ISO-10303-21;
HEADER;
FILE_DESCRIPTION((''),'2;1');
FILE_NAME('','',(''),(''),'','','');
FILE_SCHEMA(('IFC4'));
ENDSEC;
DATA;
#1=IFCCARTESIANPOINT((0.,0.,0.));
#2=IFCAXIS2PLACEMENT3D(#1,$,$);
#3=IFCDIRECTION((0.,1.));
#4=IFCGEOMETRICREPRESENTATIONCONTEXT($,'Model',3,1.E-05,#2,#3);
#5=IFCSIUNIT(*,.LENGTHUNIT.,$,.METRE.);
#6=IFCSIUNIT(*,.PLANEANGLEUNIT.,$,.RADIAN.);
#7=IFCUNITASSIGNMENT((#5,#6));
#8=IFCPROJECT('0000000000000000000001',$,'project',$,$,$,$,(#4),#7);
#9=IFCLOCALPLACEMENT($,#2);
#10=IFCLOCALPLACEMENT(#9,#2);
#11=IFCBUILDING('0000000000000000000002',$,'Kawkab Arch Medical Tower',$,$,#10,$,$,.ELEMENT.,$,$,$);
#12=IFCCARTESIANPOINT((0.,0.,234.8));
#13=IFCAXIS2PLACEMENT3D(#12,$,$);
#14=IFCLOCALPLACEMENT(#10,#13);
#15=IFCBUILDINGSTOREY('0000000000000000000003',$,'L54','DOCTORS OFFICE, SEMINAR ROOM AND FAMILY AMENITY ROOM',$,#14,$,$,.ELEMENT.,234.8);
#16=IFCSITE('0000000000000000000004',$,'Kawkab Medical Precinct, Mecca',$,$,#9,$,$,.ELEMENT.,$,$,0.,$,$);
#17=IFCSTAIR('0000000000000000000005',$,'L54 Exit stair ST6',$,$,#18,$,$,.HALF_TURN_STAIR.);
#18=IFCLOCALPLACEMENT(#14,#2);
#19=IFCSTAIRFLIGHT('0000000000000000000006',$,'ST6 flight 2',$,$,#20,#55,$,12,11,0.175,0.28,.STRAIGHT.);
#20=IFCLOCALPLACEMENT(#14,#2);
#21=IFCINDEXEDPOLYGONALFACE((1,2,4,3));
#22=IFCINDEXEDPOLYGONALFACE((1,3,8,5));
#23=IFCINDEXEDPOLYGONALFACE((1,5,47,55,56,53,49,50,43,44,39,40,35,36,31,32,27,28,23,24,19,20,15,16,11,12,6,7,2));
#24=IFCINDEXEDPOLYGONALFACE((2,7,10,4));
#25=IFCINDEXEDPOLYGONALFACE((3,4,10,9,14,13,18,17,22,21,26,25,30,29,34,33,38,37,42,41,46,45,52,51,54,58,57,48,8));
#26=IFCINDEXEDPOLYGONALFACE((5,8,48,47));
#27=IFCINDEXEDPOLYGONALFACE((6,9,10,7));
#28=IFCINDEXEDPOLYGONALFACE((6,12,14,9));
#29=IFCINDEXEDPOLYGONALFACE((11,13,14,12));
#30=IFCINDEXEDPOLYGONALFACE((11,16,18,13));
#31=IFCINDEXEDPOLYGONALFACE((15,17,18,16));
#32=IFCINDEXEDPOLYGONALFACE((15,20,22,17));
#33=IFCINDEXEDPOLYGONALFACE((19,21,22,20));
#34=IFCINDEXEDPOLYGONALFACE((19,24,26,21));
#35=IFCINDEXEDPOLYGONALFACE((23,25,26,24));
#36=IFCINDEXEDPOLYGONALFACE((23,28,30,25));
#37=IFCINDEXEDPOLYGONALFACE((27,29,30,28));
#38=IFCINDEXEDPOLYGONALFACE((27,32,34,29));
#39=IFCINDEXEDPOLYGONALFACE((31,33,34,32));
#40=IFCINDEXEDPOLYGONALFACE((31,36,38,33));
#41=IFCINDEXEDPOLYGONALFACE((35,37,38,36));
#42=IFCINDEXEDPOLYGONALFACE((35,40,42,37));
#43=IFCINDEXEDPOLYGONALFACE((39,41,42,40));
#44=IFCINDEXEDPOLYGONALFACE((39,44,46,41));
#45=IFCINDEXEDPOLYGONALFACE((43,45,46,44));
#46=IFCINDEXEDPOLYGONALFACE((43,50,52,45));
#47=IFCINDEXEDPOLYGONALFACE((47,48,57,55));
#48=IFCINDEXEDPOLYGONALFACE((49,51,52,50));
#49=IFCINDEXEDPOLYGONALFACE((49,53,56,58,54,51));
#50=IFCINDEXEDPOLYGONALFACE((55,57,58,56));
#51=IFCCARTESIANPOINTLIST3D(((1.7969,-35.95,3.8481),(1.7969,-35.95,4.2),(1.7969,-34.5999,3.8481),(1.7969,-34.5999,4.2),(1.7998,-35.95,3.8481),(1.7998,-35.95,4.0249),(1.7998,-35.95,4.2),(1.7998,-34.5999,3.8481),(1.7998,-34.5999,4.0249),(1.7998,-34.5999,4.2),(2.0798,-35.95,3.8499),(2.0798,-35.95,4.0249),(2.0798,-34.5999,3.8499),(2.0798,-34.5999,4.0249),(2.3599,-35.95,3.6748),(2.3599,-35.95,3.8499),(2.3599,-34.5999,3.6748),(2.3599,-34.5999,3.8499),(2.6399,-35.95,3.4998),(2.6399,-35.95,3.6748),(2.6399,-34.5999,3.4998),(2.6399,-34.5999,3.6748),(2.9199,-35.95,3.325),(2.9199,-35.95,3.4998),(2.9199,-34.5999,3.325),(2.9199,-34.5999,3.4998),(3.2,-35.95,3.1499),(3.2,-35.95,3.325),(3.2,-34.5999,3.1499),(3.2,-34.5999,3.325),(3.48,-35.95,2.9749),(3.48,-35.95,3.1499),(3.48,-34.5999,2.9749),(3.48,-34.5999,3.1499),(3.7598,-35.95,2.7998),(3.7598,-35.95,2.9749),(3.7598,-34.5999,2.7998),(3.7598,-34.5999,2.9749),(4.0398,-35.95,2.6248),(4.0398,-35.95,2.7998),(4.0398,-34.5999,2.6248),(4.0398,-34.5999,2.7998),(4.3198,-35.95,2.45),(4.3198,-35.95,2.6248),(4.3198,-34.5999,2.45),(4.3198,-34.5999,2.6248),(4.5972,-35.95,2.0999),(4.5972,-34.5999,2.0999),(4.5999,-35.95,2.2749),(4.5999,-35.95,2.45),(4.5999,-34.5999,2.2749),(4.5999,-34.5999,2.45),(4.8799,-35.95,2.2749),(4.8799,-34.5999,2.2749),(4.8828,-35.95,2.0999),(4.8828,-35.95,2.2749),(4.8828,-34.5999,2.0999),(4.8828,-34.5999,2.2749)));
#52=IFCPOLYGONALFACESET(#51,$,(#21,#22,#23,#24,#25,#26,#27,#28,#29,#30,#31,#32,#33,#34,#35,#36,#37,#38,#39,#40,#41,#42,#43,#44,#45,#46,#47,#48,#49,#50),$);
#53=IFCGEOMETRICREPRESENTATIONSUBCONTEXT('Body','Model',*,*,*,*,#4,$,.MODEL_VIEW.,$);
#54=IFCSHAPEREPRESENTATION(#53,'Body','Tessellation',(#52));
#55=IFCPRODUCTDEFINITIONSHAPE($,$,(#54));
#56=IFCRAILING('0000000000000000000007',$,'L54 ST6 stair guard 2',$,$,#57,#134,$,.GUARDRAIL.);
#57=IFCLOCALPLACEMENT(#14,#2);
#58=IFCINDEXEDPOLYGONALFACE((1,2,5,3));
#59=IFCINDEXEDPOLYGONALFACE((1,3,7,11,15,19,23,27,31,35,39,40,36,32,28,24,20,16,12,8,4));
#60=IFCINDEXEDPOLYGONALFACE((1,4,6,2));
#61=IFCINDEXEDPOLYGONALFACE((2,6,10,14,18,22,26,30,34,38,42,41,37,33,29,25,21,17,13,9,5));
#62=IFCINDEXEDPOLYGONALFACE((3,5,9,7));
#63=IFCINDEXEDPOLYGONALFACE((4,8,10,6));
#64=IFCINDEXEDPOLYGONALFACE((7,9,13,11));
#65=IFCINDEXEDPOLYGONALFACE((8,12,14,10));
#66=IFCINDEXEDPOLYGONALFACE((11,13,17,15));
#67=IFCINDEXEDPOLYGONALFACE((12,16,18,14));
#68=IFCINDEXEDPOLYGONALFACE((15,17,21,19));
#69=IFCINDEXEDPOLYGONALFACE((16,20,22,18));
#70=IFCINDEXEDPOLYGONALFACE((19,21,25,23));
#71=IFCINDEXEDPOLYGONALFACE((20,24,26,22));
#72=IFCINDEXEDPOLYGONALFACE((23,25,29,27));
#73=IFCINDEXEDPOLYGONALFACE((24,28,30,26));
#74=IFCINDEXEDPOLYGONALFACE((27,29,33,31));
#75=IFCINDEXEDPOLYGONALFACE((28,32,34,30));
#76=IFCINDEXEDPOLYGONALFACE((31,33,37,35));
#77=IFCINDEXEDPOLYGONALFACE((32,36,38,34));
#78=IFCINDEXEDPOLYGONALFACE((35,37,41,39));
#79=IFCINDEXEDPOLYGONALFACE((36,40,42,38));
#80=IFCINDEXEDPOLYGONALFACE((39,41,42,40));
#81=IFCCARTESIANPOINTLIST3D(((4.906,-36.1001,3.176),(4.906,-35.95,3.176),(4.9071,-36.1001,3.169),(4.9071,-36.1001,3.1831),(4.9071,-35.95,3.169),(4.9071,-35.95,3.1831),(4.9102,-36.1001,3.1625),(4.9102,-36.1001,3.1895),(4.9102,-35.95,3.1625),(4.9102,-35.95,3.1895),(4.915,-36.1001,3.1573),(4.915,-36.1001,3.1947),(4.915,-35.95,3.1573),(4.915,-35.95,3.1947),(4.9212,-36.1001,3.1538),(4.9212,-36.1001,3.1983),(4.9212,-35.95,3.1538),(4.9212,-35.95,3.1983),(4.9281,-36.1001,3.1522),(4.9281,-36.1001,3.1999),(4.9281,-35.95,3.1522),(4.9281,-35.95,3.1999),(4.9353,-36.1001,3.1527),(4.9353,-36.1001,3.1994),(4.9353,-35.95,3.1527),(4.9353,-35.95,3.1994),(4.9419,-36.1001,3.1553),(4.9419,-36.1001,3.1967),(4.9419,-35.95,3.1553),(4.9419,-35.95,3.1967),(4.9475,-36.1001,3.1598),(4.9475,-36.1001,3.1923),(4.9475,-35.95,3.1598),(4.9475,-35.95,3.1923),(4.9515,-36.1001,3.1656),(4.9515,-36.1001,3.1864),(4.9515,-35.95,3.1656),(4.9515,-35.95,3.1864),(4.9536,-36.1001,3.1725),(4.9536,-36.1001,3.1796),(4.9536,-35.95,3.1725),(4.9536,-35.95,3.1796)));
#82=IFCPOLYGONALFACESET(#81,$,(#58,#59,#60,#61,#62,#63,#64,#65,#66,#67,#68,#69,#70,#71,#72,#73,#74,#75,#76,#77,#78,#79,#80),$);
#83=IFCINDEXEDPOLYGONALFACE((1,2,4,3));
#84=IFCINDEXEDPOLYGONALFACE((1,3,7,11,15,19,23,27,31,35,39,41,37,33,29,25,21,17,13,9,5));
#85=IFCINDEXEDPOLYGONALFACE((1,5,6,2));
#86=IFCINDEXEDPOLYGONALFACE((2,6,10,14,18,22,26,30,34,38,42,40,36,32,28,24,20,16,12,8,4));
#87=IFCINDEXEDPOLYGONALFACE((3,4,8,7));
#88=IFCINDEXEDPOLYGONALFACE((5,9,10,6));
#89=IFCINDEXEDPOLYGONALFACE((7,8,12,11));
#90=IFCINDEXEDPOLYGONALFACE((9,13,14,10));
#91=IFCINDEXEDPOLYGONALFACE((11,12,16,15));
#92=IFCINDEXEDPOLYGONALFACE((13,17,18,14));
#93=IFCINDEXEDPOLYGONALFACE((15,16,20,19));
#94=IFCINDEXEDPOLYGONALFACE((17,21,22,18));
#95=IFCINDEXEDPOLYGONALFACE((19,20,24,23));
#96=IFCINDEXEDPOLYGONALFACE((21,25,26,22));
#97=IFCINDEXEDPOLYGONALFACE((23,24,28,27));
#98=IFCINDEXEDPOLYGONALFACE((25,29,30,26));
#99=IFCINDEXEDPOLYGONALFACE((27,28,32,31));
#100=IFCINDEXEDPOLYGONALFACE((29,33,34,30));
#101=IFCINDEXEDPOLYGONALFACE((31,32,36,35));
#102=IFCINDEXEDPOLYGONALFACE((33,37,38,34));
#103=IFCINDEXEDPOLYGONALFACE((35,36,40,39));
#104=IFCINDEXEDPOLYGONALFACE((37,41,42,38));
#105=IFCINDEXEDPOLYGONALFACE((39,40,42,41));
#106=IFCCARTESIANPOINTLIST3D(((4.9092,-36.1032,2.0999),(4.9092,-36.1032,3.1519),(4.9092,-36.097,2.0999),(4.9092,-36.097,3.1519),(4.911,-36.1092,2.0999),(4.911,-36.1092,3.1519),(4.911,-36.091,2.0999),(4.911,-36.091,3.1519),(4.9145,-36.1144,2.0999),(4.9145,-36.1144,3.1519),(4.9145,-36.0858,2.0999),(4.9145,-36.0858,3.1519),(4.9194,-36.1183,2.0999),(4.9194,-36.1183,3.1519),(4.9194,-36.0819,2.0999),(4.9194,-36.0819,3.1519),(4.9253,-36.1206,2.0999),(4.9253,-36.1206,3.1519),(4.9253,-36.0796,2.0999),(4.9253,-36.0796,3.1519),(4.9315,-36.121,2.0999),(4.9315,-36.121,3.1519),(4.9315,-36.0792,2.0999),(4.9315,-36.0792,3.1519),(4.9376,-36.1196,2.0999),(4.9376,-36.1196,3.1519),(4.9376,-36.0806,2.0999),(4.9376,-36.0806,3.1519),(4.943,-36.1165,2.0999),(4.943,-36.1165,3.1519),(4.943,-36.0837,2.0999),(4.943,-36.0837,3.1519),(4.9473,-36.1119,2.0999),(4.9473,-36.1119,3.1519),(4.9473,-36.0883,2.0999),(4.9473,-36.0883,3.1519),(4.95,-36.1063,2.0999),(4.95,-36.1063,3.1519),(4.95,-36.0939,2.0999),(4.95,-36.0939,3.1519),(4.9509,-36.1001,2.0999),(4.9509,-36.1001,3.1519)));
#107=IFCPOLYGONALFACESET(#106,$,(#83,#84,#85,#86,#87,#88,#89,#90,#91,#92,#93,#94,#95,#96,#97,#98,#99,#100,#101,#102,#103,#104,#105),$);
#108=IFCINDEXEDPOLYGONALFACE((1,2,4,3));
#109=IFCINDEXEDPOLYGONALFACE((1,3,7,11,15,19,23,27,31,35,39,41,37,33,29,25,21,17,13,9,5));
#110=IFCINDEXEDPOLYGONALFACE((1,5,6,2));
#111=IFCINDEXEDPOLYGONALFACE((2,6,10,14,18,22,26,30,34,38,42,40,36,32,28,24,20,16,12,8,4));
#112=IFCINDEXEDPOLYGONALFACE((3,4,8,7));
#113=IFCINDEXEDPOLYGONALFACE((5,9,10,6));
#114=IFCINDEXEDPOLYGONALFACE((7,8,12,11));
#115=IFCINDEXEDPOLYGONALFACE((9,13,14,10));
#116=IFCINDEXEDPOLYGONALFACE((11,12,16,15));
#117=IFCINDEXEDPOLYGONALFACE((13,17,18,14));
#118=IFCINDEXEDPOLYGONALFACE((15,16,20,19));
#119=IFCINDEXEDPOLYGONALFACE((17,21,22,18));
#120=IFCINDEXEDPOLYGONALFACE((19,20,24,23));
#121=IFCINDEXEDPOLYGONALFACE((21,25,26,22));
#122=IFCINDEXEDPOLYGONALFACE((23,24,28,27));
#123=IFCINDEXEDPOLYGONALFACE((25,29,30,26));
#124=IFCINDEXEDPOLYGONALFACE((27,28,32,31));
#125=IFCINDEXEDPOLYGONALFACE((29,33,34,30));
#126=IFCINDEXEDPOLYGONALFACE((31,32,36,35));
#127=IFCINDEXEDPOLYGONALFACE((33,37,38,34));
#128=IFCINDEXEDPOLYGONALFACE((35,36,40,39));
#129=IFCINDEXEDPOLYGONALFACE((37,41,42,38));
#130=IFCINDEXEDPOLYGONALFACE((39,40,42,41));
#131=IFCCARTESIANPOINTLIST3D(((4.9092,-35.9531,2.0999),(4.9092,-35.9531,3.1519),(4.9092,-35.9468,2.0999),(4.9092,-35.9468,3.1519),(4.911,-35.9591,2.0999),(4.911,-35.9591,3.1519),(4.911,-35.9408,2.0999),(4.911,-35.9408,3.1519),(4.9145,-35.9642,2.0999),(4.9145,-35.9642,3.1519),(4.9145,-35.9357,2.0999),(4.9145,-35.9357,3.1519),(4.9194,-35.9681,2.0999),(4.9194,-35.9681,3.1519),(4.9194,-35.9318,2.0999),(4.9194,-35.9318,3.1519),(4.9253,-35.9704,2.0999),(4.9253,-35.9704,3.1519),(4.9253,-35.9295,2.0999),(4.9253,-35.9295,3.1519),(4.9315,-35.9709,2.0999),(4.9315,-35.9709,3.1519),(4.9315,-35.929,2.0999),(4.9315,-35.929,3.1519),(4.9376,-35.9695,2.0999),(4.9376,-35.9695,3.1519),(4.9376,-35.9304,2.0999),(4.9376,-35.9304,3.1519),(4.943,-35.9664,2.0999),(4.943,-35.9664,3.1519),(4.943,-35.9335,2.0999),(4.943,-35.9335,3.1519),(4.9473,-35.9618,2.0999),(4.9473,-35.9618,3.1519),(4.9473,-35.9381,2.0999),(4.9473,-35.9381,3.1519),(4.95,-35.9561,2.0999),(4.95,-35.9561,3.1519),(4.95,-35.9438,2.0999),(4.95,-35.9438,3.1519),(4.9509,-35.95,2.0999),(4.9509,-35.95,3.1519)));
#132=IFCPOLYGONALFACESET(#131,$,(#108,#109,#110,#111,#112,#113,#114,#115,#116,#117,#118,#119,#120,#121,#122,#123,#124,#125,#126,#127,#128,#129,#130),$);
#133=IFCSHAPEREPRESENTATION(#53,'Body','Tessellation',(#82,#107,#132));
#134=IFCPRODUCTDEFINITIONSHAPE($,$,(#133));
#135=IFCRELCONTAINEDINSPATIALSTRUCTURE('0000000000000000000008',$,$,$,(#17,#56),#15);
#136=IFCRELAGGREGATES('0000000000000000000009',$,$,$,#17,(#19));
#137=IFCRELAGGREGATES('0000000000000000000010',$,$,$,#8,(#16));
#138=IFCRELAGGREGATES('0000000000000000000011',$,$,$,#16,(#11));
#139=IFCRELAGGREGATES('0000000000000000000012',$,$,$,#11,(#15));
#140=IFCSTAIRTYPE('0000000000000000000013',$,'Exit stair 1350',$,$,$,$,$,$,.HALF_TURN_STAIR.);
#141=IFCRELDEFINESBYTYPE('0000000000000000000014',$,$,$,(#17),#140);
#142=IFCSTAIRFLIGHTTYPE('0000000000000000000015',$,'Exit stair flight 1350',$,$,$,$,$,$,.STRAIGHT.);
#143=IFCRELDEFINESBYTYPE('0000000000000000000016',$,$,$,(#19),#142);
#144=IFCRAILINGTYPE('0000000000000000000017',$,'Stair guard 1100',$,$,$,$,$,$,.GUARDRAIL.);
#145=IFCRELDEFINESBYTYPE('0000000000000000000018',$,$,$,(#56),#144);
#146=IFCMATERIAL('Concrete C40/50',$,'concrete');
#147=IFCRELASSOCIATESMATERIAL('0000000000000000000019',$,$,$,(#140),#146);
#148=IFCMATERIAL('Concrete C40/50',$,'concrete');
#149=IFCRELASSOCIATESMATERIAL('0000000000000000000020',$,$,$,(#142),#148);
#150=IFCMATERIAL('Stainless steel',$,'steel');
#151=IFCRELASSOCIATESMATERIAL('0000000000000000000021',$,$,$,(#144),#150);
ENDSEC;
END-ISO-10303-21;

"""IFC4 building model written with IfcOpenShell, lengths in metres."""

from ifc_helpers import new_model, si_unit, direction, frame, origin, origin_2d, place, context, subcontext, project, spatial, polyline, circle, outline, extrude, material, type_object, element, aggregate, save


model = new_model("IFC4")

# Units and contexts
model_context = context("Model", 3, precision=1e-05, world=origin(), true_north=direction((0.0, 1.0)))
body_context = subcontext(model_context, "Body", "Model", "MODEL_VIEW")
ifc_project = project(units=[si_unit("LENGTHUNIT", "METRE"), si_unit("PLANEANGLEUNIT", "RADIAN")], contexts=[model_context])

# Site, building, storey
site_placement = place(None, origin())
site = spatial("IfcSite", under=ifc_project, at=site_placement, Name="Kawkab Medical Precinct, Mecca", CompositionType="ELEMENT", RefElevation=0.0)
building_placement = place(site_placement, origin())
building = spatial("IfcBuilding", under=site, at=building_placement, Name="Kawkab Arch Medical Tower", CompositionType="ELEMENT")
storey_placement = place(building_placement, frame((0.0, 0.0, 234.8)))
storey = spatial("IfcBuildingStorey", under=building, at=storey_placement, Name="L54", Description="DOCTORS OFFICE, SEMINAR ROOM AND FAMILY AMENITY ROOM", CompositionType="ELEMENT", Elevation=234.8)

# Stair, stair flight
ifc_material_1 = material(Name="Concrete C40/50", Category="concrete")
stair_type = type_object("IfcStairType", Name="Exit stair 1350", PredefinedType="HALF_TURN_STAIR", material=ifc_material_1)
stair_placement = place(storey_placement, origin())
stair = element("IfcStair", 1, at=stair_placement, inside=storey, type_object=stair_type, Name="L54 Exit stair ST6", PredefinedType="HALF_TURN_STAIR")
ifc_material_2 = material(Name="Concrete C40/50", Category="concrete")
stair_flight_type = type_object("IfcStairFlightType", Name="Exit stair flight 1350", PredefinedType="STRAIGHT", material=ifc_material_2)
stair_flight_placement = place(storey_placement, frame((4.8799, -35.2749, 2.0999), z_axis=(0.0, 0.0, 1.0), x_axis=(-1.0, 0.0, 0.0)))
stair_flight = element("IfcStairFlight", 2, at=stair_flight_placement, type_object=stair_flight_type, Name="ST6 flight 2", NumberOfRisers=12, NumberOfTreads=11, PredefinedType="STRAIGHT", RiserHeight=0.175, TreadLength=0.28, context=body_context, shape_type="SweptSolid", body=[
    extrude(outline(polyline([(-0.0029, 0.0), (-0.0029, 0.175), (0.0, 0.175), (0.28, 0.175), (0.28, 0.3501), (0.5601, 0.3501), (0.5601, 0.5249), (0.8401, 0.5249), (0.8401, 0.7), (1.1201, 0.7), (1.1201, 0.875), (1.3999, 0.875), (1.3999, 1.05), (1.6799, 1.05), (1.6799, 1.2251), (1.96, 1.2251), (1.96, 1.3999), (2.24, 1.3999), (2.24, 1.575), (2.52, 1.575), (2.52, 1.75), (2.8, 1.75), (2.8, 1.925), (3.0801, 1.925), (3.0801, 2.1001), (3.083, 2.1001), (3.083, 1.7483), (3.0801, 1.7483), (0.2827, 0.0), (-0.0029, 0.0)])), frame((0.0, 0.675, 0.0), z_axis=(0.0, -1.0, 0.0), x_axis=(1.0, 0.0, 0.0)), (0.0, 0.0, 1.0), 1.3501),
])
aggregate(stair, [stair_flight])

# Railing
ifc_material_3 = material(Name="Stainless steel", Category="steel")
railing_type = type_object("IfcRailingType", Name="Stair guard 1100", PredefinedType="GUARDRAIL", material=ifc_material_3)
railing_1_placement = place(storey_placement, frame((4.9299, -36.1001, 2.0999)))
element("IfcRailing", 3, at=railing_1_placement, inside=storey, type_object=railing_type, Name="L54 ST6 stair guard 2", PredefinedType="GUARDRAIL", context=body_context, shape_type="SweptSolid", body=[
    extrude(circle(Radius=0.0239, at=origin_2d()), frame((0.0, 0.0, 1.0762), z_axis=(0.0, 1.0, 0.0), x_axis=(-1.0, 0.0, 0.0)), (0.0, 0.0, 1.0), 0.1501),
    extrude(circle(Radius=0.021, at=origin_2d()), origin(), (0.0, 0.0, 1.0), 1.052),
    extrude(circle(Radius=0.021, at=origin_2d()), frame((0.0, 0.1501, 0.0)), (0.0, 0.0, 1.0), 1.052),
])

save(model, "model.ifc")
